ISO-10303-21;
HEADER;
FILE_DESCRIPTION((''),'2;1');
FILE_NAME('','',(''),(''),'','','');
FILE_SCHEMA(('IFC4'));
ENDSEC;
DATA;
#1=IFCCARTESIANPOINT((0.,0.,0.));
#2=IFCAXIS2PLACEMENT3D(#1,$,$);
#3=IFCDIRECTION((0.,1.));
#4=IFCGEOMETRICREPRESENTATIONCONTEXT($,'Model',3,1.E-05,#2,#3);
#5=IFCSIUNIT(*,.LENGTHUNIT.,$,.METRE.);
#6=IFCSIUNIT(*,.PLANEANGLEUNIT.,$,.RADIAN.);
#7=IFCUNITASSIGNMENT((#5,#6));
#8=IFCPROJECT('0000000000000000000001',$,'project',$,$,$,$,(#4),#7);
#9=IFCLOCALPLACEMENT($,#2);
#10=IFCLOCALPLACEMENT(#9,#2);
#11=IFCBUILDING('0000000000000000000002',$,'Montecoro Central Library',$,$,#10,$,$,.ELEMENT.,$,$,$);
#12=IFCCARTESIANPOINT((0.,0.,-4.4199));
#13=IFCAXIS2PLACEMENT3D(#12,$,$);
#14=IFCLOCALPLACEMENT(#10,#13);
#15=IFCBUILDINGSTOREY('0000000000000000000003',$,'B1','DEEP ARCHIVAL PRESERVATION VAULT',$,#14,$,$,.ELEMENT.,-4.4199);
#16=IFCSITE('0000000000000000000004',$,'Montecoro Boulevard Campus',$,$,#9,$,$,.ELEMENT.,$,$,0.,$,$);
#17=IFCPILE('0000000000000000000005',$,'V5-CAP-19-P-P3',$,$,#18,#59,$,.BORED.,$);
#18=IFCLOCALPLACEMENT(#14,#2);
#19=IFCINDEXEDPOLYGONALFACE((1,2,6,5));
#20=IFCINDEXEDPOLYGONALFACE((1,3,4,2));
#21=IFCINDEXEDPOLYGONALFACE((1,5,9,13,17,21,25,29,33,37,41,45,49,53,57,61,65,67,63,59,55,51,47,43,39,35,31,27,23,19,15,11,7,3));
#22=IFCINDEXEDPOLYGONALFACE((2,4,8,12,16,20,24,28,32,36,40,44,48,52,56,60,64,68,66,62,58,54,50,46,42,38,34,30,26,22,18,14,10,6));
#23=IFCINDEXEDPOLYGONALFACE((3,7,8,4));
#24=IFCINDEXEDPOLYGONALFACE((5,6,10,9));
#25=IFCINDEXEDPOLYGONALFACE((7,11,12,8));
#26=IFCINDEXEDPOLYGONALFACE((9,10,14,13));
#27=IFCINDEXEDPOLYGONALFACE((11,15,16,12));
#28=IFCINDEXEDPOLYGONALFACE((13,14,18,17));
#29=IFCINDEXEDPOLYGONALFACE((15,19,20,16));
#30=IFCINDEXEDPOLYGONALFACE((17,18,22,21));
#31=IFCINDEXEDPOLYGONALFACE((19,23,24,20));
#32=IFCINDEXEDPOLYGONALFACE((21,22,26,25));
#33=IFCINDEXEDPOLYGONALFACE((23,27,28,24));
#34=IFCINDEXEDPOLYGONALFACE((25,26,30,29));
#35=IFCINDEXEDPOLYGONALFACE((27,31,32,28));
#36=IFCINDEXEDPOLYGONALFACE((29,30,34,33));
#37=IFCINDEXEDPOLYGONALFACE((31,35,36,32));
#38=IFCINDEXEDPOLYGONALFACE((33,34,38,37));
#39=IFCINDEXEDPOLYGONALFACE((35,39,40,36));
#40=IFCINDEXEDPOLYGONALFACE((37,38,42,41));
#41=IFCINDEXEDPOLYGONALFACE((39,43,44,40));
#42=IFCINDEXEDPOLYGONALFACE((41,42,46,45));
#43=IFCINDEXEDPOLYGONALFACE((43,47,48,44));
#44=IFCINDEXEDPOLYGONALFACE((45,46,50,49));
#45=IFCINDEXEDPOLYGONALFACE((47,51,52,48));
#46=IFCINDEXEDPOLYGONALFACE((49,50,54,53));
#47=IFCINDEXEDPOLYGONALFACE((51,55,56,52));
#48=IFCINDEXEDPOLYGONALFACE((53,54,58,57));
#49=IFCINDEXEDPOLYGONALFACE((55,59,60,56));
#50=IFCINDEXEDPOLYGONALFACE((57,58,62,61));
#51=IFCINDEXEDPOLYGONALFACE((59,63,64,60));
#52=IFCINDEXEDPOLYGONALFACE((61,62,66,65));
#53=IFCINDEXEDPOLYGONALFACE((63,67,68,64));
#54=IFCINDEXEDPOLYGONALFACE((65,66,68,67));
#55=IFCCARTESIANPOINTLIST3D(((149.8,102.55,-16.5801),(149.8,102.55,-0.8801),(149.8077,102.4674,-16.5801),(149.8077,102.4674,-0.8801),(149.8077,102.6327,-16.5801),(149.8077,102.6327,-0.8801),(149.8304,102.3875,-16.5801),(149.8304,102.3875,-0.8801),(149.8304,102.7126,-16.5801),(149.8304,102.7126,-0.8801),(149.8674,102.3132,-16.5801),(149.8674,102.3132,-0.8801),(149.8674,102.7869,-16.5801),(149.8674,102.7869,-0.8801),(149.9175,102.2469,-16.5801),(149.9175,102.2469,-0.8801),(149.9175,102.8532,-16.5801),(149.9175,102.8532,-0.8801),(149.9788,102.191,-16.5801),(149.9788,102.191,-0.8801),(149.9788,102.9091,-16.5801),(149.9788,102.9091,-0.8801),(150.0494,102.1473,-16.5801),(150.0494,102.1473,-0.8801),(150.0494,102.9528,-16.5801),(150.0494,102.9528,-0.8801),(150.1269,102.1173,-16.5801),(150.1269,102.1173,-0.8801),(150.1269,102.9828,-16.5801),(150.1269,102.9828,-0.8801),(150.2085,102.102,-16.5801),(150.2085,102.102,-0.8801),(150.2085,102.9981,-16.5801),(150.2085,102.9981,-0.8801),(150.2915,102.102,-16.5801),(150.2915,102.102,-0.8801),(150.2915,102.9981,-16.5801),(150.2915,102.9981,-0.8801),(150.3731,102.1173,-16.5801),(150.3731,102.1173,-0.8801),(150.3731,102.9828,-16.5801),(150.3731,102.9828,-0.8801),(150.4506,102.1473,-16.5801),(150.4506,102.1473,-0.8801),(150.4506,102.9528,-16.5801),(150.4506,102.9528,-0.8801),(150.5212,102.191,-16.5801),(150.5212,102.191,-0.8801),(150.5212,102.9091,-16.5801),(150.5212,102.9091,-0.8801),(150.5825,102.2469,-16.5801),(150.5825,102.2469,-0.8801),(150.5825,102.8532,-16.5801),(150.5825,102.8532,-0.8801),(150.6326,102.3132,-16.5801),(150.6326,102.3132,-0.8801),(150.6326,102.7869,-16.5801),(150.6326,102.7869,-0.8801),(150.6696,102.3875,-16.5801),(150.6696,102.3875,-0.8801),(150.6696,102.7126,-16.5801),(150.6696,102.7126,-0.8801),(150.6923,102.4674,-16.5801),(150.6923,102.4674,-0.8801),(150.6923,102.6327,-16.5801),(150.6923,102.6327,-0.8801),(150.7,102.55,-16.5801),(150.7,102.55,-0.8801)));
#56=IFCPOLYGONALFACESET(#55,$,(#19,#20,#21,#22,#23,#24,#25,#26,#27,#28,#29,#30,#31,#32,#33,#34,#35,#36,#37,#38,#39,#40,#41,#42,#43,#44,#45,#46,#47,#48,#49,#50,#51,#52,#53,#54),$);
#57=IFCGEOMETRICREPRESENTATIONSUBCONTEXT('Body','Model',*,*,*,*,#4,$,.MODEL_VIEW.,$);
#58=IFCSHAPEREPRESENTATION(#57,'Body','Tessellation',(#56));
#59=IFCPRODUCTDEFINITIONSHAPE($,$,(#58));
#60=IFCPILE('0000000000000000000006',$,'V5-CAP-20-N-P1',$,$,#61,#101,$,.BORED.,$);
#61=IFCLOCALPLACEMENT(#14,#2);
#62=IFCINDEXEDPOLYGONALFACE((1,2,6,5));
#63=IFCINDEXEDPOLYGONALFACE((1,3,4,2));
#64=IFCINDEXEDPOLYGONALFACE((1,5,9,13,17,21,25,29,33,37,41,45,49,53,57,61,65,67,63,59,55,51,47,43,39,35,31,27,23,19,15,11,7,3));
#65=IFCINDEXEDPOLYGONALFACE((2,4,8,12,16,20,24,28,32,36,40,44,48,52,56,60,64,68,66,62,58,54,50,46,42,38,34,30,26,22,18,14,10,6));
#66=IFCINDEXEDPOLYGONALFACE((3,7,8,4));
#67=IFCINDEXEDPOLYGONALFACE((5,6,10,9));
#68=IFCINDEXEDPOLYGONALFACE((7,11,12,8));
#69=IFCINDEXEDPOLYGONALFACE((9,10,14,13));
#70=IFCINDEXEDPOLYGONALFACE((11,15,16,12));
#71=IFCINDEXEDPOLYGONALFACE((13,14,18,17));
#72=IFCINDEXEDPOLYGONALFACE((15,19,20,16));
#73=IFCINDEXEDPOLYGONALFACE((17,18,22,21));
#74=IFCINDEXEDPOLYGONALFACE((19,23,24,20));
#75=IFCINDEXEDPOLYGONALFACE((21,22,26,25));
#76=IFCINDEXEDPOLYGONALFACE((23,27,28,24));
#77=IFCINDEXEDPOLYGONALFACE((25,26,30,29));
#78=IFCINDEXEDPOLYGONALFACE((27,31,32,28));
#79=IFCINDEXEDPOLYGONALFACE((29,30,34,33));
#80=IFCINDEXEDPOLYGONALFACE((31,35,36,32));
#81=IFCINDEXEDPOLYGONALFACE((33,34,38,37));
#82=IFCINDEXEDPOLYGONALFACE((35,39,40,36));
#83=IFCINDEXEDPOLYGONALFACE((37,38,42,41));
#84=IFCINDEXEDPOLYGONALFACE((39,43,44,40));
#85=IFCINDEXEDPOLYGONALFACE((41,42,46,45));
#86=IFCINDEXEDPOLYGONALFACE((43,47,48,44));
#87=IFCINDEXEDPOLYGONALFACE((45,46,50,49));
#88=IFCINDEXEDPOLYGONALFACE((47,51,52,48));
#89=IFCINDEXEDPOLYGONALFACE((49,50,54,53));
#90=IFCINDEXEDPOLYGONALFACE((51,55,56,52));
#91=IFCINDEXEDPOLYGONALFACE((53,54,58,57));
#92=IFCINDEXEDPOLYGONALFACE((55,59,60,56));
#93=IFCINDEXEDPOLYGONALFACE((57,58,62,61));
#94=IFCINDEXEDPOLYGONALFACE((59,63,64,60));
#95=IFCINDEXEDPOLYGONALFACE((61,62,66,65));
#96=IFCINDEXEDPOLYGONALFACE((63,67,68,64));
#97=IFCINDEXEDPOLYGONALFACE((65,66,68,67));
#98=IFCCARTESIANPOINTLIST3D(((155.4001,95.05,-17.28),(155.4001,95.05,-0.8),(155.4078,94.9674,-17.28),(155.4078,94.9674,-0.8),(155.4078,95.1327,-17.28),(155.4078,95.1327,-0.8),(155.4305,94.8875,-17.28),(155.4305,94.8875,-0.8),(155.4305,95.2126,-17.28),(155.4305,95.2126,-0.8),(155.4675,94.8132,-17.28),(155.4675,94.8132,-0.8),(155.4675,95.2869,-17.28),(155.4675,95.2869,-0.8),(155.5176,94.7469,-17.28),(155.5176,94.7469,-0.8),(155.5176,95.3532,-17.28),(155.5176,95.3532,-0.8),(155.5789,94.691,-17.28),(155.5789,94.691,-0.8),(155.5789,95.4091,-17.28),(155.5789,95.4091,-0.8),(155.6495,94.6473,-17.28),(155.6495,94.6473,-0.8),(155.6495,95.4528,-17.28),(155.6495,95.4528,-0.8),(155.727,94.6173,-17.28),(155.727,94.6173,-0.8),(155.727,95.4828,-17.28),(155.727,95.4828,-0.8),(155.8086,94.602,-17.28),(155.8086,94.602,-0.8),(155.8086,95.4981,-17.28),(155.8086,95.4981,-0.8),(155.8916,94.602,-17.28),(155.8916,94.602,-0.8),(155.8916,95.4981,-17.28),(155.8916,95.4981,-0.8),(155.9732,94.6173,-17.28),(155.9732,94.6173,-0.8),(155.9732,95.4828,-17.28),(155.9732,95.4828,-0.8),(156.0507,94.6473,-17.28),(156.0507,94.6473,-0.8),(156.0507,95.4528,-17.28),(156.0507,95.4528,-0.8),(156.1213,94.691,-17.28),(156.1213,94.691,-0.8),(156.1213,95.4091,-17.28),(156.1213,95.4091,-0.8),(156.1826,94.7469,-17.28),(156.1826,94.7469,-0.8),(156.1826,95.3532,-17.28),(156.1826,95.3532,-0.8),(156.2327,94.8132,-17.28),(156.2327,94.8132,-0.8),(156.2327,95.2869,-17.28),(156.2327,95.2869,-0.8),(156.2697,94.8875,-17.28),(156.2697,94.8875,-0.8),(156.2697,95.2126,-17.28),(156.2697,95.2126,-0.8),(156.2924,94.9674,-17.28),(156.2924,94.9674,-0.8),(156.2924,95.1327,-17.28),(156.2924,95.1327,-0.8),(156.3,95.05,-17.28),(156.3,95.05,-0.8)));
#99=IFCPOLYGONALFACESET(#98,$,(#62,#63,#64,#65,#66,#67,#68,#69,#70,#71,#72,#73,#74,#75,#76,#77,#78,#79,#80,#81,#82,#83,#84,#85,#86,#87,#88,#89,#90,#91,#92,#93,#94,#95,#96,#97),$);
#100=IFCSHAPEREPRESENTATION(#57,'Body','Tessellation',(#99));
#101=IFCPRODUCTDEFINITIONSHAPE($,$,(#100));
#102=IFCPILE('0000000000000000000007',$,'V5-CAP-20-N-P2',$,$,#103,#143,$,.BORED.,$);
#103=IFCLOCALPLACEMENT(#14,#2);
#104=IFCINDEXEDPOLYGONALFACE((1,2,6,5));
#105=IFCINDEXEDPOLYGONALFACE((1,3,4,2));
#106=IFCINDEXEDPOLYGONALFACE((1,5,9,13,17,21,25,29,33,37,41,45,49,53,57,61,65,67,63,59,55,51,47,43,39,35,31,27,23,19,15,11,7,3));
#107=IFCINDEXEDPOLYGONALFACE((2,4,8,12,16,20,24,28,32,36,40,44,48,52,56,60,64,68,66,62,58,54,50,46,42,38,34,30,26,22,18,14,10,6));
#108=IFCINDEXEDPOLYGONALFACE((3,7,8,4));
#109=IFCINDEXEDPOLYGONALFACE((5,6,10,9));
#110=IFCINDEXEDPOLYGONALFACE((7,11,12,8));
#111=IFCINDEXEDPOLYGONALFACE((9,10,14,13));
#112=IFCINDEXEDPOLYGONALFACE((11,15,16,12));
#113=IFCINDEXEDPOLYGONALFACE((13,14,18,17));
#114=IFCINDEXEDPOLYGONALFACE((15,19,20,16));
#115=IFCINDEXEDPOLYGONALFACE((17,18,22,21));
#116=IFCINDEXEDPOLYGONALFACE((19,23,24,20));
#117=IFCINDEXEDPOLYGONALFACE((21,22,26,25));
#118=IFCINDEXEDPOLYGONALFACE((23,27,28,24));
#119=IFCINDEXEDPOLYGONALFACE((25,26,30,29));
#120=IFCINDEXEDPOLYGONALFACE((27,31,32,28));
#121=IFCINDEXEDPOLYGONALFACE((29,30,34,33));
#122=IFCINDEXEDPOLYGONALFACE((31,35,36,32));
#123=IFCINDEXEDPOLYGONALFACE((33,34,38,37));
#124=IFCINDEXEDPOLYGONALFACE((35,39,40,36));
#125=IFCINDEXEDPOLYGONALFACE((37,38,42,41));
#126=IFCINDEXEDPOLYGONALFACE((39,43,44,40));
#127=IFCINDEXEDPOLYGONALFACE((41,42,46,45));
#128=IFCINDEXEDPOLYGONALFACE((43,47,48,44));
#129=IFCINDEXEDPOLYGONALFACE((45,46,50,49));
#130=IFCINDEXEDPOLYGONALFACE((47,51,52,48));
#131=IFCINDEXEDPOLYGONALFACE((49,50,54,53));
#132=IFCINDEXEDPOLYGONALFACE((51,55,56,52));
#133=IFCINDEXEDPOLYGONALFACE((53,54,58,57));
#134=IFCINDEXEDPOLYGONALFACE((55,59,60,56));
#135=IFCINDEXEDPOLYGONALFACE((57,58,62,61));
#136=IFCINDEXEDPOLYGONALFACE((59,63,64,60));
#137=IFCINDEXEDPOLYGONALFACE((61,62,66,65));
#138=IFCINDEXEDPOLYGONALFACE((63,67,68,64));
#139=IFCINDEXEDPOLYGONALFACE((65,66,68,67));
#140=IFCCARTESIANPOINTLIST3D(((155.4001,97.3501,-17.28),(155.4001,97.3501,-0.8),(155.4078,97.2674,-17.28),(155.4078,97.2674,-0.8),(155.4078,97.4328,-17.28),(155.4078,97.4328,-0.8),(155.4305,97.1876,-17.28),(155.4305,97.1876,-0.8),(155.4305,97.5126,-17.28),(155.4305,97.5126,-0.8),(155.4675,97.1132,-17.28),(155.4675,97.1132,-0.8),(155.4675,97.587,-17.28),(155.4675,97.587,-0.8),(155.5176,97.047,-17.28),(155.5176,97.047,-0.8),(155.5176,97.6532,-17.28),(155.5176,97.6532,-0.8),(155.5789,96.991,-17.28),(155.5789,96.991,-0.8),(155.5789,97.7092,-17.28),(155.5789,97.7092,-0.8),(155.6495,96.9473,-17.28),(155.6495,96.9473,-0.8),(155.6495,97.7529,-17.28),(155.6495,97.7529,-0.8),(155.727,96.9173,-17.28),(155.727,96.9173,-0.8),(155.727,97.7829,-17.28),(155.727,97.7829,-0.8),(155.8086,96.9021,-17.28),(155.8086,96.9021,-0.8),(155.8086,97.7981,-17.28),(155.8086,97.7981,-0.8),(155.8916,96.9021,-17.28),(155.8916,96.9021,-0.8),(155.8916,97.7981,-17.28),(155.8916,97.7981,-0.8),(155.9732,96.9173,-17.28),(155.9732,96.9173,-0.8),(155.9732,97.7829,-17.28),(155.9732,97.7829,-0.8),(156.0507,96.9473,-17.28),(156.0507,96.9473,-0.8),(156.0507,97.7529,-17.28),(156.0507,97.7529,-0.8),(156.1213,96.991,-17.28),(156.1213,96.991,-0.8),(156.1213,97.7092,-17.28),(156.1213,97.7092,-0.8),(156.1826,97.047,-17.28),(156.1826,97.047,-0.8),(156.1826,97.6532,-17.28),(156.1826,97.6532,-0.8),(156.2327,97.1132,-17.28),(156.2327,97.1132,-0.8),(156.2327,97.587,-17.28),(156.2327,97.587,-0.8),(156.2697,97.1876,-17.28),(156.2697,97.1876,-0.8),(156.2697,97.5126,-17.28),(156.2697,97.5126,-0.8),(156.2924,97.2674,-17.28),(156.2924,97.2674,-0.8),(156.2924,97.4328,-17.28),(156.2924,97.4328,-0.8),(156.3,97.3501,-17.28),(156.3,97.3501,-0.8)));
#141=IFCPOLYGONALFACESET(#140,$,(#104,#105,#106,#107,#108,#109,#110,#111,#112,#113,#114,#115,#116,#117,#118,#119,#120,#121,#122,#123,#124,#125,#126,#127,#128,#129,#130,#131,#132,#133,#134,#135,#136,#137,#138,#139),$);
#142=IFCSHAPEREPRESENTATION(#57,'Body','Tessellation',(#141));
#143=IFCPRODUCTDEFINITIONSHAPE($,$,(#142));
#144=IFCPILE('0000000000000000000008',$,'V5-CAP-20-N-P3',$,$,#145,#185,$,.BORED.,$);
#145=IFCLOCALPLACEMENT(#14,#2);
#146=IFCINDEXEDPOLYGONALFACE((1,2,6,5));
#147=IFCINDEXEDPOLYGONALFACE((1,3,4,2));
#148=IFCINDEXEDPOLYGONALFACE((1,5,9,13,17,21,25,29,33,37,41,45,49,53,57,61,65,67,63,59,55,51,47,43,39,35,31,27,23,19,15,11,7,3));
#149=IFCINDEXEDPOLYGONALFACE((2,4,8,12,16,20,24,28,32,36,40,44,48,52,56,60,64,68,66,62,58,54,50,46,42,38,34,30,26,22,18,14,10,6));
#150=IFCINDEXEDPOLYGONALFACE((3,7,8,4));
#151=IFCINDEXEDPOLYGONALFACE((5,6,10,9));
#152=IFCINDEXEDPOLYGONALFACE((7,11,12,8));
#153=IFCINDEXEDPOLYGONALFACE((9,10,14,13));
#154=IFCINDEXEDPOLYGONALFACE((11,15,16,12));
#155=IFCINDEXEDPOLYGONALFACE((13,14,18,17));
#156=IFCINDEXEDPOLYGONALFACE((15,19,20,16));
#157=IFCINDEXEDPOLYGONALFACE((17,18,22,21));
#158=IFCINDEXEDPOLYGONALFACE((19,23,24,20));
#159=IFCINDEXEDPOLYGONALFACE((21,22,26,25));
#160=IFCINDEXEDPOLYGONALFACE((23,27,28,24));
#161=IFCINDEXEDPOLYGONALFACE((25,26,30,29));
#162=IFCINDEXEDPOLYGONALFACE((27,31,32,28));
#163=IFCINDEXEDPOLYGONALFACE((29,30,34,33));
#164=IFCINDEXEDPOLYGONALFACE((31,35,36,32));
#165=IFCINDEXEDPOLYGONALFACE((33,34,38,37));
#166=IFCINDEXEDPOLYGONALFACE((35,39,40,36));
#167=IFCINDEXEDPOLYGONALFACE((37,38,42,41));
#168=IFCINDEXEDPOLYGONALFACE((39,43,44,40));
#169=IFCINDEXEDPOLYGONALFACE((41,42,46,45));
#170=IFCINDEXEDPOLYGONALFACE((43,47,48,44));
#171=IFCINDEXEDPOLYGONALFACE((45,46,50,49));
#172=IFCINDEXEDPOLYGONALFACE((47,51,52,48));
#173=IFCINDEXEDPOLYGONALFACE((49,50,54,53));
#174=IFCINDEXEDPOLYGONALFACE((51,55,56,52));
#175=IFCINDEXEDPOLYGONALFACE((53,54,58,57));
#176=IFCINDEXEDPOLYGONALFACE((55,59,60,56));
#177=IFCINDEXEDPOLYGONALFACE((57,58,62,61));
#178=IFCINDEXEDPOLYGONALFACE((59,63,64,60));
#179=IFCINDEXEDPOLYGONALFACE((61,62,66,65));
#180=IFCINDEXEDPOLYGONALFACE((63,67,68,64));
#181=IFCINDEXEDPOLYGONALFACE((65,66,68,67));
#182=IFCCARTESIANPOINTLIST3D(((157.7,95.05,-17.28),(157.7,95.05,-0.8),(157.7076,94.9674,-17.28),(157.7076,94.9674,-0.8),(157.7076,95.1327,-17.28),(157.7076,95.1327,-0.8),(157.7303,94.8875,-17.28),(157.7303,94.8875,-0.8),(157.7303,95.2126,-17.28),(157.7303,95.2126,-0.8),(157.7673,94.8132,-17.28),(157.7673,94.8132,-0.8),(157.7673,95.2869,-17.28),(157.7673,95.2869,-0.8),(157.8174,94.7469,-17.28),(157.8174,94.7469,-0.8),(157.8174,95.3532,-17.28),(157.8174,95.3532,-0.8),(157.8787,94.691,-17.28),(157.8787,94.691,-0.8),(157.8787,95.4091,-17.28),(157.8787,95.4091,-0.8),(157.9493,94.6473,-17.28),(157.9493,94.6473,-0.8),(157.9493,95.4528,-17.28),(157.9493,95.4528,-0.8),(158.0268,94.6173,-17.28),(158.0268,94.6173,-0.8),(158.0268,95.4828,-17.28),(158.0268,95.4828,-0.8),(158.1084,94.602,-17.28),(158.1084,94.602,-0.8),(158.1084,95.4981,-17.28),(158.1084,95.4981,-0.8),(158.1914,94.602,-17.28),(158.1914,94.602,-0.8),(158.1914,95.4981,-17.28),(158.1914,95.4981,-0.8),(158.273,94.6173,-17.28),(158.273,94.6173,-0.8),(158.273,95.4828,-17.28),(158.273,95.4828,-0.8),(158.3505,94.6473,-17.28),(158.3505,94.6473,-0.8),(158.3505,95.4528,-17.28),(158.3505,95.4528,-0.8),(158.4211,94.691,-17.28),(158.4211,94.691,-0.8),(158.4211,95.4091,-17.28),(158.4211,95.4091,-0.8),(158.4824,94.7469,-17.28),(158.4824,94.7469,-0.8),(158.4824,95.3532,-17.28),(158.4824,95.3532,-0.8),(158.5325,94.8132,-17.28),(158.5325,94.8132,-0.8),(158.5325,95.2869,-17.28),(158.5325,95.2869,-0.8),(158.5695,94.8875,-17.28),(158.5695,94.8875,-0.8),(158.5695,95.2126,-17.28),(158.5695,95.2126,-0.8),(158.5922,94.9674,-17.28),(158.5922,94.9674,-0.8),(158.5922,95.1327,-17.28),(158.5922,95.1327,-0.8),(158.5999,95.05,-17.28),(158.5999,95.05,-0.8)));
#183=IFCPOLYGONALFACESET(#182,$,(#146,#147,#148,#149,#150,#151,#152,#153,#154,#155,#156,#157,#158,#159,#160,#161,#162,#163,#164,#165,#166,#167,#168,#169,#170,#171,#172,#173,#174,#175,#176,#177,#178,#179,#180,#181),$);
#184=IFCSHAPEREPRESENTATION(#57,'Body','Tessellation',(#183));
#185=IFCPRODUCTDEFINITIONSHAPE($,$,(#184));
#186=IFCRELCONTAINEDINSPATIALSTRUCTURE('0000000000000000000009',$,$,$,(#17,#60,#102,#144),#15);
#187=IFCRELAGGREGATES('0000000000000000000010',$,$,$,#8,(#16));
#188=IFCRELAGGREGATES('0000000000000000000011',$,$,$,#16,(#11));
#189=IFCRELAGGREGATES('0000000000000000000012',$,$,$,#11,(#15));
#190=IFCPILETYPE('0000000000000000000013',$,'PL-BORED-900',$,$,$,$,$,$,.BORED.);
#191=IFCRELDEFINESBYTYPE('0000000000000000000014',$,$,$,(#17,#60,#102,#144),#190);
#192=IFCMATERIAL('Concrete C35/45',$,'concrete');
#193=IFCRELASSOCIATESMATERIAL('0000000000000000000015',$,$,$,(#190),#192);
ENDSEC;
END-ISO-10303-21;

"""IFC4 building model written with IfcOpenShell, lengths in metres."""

from ifc_helpers import new_model, si_unit, direction, frame, origin, origin_2d, place, context, subcontext, project, spatial, circle, extrude, material, material_profile, profile_set, type_object, element, save


model = new_model("IFC4")

# Units and contexts
model_context = context("Model", 3, precision=1e-05, world=origin(), true_north=direction((0.0, 1.0)))
body_context = subcontext(model_context, "Body", "Model", "MODEL_VIEW")
ifc_project = project(units=[si_unit("LENGTHUNIT", "METRE"), si_unit("PLANEANGLEUNIT", "RADIAN")], contexts=[model_context])

# Site, building, storey
site_placement = place(None, origin())
site = spatial("IfcSite", under=ifc_project, at=site_placement, Name="Montecoro Boulevard Campus", CompositionType="ELEMENT", RefElevation=0.0)
building_placement = place(site_placement, origin())
building = spatial("IfcBuilding", under=site, at=building_placement, Name="Montecoro Central Library", CompositionType="ELEMENT")
storey_placement = place(building_placement, frame((0.0, 0.0, -4.4199)))
storey = spatial("IfcBuildingStorey", under=building, at=storey_placement, Name="B1", Description="DEEP ARCHIVAL PRESERVATION VAULT", CompositionType="ELEMENT", Elevation=-4.4199)

# Shared definitions
ifc_material_1 = material(Name="Concrete C35/45", Category="concrete")

# Piles
ifc_material_profile_1 = material_profile(ifc_material_1, circle(Radius=0.45, at=origin_2d()), Name="PILE D900")
ifc_profile_set_1 = profile_set([ifc_material_profile_1], Name="Concrete C35/45")
pile_type_1 = type_object("IfcPileType", Name="PL-BORED-900", PredefinedType="BORED", material=ifc_profile_set_1)
pile_1_placement = place(storey_placement, frame((150.25, 102.55, -0.8801), z_axis=(0.0, 0.0, -1.0), x_axis=(1.0, 0.0, 0.0)))
element("IfcPile", 1, at=pile_1_placement, inside=storey, type_object=pile_type_1, Name="V5-CAP-19-P-P3", PredefinedType="BORED", context=body_context, shape_type="SweptSolid", body=[
    extrude(circle(Radius=0.45, at=origin_2d()), origin(), (0.0, 0.0, 1.0), 15.7),
])
for number, where, z_axis, x_axis, name in (
    (2, (155.8501, 95.05, -0.8), (0.0, 0.0, -1.0), (1.0, 0.0, 0.0), "V5-CAP-20-N-P1"),
    (3, (155.8501, 97.3501, -0.8), (0.0, 0.0, -1.0), (1.0, 0.0, 0.0), "V5-CAP-20-N-P2"),
    (4, (158.1499, 95.05, -0.8), (0.0, 0.0, -1.0), (1.0, 0.0, 0.0), "V5-CAP-20-N-P3"),
):
    element("IfcPile", number, at=place(storey_placement, frame(where, z_axis=z_axis, x_axis=x_axis)), inside=storey, type_object=pile_type_1, Name=name, PredefinedType="BORED", context=body_context, shape_type="SweptSolid", body=[
        extrude(circle(Radius=0.45, at=origin_2d()), origin(), (0.0, 0.0, 1.0), 16.48),
    ])

save(model, "model.ifc")
